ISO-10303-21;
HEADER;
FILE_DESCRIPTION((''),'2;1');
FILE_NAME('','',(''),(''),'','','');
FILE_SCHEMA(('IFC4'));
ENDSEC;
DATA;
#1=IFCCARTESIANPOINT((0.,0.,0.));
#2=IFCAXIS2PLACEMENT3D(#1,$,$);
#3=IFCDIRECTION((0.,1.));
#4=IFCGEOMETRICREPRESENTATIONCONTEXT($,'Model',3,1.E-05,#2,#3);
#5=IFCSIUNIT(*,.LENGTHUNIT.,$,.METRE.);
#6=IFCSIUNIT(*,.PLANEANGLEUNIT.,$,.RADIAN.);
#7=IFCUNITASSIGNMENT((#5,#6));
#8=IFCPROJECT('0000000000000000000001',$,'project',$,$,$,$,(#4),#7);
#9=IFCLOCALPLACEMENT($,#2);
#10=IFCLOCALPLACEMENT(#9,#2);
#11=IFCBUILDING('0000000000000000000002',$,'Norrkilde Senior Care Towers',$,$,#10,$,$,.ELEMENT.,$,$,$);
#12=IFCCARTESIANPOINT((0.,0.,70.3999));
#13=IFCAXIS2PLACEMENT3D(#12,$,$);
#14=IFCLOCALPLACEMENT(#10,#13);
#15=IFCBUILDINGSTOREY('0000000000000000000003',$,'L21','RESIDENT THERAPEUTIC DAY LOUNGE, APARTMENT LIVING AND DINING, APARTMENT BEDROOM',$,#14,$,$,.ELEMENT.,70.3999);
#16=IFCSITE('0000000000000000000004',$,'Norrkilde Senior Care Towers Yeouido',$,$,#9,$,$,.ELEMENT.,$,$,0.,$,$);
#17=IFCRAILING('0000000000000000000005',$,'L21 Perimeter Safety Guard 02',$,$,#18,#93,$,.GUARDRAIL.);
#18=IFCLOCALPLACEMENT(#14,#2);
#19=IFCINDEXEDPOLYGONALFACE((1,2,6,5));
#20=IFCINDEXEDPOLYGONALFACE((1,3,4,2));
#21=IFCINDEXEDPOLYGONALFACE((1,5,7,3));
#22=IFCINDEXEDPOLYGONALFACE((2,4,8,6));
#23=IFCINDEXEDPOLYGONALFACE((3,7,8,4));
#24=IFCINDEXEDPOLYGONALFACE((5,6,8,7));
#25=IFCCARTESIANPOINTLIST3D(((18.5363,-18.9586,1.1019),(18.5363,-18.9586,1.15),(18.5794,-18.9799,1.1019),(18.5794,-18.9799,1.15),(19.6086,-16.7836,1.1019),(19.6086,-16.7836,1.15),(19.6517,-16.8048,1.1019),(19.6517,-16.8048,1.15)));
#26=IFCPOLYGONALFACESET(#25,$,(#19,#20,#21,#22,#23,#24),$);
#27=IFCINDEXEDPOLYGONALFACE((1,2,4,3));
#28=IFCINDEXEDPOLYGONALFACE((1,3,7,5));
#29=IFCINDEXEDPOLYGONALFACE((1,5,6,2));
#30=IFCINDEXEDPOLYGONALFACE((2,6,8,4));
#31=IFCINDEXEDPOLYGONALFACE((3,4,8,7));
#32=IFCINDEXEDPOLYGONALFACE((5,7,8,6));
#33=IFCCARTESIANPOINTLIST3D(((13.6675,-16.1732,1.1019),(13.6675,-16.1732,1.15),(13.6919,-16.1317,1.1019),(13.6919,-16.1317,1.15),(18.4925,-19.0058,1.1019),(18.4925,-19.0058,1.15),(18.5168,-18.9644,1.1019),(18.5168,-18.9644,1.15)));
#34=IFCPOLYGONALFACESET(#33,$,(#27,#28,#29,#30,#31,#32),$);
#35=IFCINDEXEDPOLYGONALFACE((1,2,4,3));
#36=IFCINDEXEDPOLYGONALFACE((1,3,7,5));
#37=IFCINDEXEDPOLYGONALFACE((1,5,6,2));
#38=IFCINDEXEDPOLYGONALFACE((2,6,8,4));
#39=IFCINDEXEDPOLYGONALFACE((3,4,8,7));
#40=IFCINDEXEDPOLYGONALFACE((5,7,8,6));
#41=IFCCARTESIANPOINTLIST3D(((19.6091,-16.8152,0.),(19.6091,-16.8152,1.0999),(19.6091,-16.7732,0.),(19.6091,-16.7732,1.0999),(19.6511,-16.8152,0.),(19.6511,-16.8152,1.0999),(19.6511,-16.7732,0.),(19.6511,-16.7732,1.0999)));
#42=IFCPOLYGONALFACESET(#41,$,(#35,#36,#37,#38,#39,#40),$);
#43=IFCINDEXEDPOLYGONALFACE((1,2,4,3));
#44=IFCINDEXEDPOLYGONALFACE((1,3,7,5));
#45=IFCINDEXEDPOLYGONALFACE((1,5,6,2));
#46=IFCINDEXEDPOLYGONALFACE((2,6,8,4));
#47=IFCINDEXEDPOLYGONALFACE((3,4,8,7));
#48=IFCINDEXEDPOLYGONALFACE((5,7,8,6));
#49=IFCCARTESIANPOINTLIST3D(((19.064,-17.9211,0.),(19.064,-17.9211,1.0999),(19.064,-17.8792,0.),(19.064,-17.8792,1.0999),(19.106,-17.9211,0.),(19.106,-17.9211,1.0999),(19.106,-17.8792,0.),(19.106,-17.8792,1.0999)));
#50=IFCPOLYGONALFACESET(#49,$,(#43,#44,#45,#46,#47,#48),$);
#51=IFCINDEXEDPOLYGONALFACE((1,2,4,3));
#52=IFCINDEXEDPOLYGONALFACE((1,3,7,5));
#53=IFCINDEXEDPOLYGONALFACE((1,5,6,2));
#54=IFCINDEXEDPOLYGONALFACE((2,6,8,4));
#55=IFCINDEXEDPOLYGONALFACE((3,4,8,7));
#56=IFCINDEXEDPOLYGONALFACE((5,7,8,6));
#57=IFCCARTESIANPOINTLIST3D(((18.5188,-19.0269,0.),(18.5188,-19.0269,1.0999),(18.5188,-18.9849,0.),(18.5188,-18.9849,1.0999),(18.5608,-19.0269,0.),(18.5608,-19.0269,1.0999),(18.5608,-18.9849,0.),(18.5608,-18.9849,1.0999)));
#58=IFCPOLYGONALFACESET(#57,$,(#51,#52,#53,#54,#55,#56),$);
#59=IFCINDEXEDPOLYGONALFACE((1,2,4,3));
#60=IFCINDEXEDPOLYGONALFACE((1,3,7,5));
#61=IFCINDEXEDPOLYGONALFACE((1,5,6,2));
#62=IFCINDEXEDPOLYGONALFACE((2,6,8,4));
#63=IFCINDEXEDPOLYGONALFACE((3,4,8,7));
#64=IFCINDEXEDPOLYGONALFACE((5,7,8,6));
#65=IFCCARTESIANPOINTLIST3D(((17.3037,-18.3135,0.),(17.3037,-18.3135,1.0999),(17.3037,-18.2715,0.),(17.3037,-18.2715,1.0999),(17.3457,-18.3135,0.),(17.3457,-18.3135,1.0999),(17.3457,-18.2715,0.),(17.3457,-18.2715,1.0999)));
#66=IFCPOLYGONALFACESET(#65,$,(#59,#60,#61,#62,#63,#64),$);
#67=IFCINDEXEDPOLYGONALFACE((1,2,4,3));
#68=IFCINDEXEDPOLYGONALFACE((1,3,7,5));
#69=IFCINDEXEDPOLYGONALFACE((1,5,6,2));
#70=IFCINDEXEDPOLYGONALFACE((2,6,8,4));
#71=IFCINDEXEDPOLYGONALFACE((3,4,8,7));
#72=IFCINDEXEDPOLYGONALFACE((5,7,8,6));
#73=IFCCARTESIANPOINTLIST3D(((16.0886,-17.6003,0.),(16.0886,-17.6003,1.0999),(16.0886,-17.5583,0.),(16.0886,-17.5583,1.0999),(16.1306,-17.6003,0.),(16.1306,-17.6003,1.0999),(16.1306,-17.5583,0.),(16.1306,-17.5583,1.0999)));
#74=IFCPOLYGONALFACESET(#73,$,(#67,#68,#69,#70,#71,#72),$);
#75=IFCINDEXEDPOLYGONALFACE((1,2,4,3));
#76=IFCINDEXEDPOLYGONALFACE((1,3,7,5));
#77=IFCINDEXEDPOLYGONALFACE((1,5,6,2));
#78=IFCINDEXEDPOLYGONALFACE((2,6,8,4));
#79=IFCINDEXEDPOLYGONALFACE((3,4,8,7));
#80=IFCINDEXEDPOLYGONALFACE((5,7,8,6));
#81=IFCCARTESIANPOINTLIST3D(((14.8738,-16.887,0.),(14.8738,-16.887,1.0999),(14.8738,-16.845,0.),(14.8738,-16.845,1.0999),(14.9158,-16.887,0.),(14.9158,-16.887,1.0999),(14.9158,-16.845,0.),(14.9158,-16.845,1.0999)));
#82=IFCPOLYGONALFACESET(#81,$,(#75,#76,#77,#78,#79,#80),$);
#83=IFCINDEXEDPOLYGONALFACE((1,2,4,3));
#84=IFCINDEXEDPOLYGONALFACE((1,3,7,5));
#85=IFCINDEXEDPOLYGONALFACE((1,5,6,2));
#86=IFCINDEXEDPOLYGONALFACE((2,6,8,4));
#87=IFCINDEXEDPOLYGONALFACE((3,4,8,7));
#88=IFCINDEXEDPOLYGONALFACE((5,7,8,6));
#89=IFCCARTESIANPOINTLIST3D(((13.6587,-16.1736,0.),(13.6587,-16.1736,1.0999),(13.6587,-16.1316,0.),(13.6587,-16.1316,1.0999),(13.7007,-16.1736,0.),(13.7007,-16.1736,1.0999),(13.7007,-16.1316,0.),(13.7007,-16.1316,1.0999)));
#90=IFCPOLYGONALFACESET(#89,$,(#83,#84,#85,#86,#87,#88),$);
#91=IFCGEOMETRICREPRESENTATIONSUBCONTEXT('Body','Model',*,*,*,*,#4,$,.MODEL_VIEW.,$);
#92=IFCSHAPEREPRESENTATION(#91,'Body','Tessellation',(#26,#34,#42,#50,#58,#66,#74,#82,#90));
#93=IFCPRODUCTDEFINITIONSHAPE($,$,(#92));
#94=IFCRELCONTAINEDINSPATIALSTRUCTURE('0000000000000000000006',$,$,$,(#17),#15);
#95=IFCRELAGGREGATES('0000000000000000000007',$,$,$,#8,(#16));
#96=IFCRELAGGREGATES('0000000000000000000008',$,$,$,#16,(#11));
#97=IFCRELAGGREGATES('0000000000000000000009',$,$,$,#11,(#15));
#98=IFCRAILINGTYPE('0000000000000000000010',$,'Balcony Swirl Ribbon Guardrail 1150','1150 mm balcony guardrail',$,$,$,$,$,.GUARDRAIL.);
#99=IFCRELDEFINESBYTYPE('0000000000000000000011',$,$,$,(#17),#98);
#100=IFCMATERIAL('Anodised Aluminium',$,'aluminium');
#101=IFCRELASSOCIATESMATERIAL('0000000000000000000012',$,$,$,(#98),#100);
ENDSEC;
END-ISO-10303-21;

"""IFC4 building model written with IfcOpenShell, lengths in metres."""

from ifc_helpers import new_model, si_unit, direction, frame, origin, origin_2d, place, context, subcontext, project, spatial, rectangle, extrude, material, type_object, element, save


model = new_model("IFC4")

# Units and contexts
model_context = context("Model", 3, precision=1e-05, world=origin(), true_north=direction((0.0, 1.0)))
body_context = subcontext(model_context, "Body", "Model", "MODEL_VIEW")
ifc_project = project(units=[si_unit("LENGTHUNIT", "METRE"), si_unit("PLANEANGLEUNIT", "RADIAN")], contexts=[model_context])

# Site, building, storey
site_placement = place(None, origin())
site = spatial("IfcSite", under=ifc_project, at=site_placement, Name="Norrkilde Senior Care Towers Yeouido", CompositionType="ELEMENT", RefElevation=0.0)
building_placement = place(site_placement, origin())
building = spatial("IfcBuilding", under=site, at=building_placement, Name="Norrkilde Senior Care Towers", CompositionType="ELEMENT")
storey_placement = place(building_placement, frame((0.0, 0.0, 70.3999)))
storey = spatial("IfcBuildingStorey", under=building, at=storey_placement, Name="L21", Description="RESIDENT THERAPEUTIC DAY LOUNGE, APARTMENT LIVING AND DINING, APARTMENT BEDROOM", CompositionType="ELEMENT", Elevation=70.3999)

# Shared definitions
ifc_material_1 = material(Name="Anodised Aluminium", Category="aluminium")

# Railing
railing_type = type_object("IfcRailingType", Name="Balcony Swirl Ribbon Guardrail 1150", Description="1150 mm balcony guardrail", PredefinedType="GUARDRAIL", material=ifc_material_1)
railing_1_placement = place(storey_placement, frame((19.6301, -16.7942, 0.0)))
element("IfcRailing", 1, at=railing_1_placement, inside=storey, type_object=railing_type, Name="L21 Perimeter Safety Guard 02", PredefinedType="GUARDRAIL", context=body_context, shape_type="SweptSolid", body=[
    extrude(rectangle(XDim=0.0481, YDim=0.0481, at=origin_2d()), frame((0.0, 0.0, 1.126), z_axis=(-0.442177, -0.896928, 0.0), x_axis=(0.896928, -0.442177, 0.0)), (0.0, 0.0, 1.0), 2.425),
    extrude(rectangle(XDim=0.0481, YDim=0.0481, at=origin_2d()), frame((-1.1255, -2.1909, 1.126), z_axis=(-0.862369, 0.50628, 0.0), x_axis=(-0.50628, -0.862369, 0.0)), (0.0, 0.0, 1.0), 5.595),
    extrude(rectangle(XDim=0.042, YDim=0.042, at=origin_2d()), origin(), (0.0, 0.0, 1.0), 1.0999),
    extrude(rectangle(XDim=0.042, YDim=0.042, at=origin_2d()), frame((-0.5452, -1.106, 0.0)), (0.0, 0.0, 1.0), 1.0999),
    extrude(rectangle(XDim=0.042, YDim=0.042, at=origin_2d()), frame((-1.0903, -2.2117, 0.0)), (0.0, 0.0, 1.0), 1.0999),
    extrude(rectangle(XDim=0.042, YDim=0.042, at=origin_2d()), frame((-2.3054, -1.4983, 0.0)), (0.0, 0.0, 1.0), 1.0999),
    extrude(rectangle(XDim=0.042, YDim=0.042, at=origin_2d()), frame((-3.5205, -0.7852, 0.0)), (0.0, 0.0, 1.0), 1.0999),
    extrude(rectangle(XDim=0.042, YDim=0.042, at=origin_2d()), frame((-4.7354, -0.0718, 0.0)), (0.0, 0.0, 1.0), 1.0999),
    extrude(rectangle(XDim=0.042, YDim=0.042, at=origin_2d()), frame((-5.9504, 0.6416, 0.0)), (0.0, 0.0, 1.0), 1.0999),
])

save(model, "model.ifc")
